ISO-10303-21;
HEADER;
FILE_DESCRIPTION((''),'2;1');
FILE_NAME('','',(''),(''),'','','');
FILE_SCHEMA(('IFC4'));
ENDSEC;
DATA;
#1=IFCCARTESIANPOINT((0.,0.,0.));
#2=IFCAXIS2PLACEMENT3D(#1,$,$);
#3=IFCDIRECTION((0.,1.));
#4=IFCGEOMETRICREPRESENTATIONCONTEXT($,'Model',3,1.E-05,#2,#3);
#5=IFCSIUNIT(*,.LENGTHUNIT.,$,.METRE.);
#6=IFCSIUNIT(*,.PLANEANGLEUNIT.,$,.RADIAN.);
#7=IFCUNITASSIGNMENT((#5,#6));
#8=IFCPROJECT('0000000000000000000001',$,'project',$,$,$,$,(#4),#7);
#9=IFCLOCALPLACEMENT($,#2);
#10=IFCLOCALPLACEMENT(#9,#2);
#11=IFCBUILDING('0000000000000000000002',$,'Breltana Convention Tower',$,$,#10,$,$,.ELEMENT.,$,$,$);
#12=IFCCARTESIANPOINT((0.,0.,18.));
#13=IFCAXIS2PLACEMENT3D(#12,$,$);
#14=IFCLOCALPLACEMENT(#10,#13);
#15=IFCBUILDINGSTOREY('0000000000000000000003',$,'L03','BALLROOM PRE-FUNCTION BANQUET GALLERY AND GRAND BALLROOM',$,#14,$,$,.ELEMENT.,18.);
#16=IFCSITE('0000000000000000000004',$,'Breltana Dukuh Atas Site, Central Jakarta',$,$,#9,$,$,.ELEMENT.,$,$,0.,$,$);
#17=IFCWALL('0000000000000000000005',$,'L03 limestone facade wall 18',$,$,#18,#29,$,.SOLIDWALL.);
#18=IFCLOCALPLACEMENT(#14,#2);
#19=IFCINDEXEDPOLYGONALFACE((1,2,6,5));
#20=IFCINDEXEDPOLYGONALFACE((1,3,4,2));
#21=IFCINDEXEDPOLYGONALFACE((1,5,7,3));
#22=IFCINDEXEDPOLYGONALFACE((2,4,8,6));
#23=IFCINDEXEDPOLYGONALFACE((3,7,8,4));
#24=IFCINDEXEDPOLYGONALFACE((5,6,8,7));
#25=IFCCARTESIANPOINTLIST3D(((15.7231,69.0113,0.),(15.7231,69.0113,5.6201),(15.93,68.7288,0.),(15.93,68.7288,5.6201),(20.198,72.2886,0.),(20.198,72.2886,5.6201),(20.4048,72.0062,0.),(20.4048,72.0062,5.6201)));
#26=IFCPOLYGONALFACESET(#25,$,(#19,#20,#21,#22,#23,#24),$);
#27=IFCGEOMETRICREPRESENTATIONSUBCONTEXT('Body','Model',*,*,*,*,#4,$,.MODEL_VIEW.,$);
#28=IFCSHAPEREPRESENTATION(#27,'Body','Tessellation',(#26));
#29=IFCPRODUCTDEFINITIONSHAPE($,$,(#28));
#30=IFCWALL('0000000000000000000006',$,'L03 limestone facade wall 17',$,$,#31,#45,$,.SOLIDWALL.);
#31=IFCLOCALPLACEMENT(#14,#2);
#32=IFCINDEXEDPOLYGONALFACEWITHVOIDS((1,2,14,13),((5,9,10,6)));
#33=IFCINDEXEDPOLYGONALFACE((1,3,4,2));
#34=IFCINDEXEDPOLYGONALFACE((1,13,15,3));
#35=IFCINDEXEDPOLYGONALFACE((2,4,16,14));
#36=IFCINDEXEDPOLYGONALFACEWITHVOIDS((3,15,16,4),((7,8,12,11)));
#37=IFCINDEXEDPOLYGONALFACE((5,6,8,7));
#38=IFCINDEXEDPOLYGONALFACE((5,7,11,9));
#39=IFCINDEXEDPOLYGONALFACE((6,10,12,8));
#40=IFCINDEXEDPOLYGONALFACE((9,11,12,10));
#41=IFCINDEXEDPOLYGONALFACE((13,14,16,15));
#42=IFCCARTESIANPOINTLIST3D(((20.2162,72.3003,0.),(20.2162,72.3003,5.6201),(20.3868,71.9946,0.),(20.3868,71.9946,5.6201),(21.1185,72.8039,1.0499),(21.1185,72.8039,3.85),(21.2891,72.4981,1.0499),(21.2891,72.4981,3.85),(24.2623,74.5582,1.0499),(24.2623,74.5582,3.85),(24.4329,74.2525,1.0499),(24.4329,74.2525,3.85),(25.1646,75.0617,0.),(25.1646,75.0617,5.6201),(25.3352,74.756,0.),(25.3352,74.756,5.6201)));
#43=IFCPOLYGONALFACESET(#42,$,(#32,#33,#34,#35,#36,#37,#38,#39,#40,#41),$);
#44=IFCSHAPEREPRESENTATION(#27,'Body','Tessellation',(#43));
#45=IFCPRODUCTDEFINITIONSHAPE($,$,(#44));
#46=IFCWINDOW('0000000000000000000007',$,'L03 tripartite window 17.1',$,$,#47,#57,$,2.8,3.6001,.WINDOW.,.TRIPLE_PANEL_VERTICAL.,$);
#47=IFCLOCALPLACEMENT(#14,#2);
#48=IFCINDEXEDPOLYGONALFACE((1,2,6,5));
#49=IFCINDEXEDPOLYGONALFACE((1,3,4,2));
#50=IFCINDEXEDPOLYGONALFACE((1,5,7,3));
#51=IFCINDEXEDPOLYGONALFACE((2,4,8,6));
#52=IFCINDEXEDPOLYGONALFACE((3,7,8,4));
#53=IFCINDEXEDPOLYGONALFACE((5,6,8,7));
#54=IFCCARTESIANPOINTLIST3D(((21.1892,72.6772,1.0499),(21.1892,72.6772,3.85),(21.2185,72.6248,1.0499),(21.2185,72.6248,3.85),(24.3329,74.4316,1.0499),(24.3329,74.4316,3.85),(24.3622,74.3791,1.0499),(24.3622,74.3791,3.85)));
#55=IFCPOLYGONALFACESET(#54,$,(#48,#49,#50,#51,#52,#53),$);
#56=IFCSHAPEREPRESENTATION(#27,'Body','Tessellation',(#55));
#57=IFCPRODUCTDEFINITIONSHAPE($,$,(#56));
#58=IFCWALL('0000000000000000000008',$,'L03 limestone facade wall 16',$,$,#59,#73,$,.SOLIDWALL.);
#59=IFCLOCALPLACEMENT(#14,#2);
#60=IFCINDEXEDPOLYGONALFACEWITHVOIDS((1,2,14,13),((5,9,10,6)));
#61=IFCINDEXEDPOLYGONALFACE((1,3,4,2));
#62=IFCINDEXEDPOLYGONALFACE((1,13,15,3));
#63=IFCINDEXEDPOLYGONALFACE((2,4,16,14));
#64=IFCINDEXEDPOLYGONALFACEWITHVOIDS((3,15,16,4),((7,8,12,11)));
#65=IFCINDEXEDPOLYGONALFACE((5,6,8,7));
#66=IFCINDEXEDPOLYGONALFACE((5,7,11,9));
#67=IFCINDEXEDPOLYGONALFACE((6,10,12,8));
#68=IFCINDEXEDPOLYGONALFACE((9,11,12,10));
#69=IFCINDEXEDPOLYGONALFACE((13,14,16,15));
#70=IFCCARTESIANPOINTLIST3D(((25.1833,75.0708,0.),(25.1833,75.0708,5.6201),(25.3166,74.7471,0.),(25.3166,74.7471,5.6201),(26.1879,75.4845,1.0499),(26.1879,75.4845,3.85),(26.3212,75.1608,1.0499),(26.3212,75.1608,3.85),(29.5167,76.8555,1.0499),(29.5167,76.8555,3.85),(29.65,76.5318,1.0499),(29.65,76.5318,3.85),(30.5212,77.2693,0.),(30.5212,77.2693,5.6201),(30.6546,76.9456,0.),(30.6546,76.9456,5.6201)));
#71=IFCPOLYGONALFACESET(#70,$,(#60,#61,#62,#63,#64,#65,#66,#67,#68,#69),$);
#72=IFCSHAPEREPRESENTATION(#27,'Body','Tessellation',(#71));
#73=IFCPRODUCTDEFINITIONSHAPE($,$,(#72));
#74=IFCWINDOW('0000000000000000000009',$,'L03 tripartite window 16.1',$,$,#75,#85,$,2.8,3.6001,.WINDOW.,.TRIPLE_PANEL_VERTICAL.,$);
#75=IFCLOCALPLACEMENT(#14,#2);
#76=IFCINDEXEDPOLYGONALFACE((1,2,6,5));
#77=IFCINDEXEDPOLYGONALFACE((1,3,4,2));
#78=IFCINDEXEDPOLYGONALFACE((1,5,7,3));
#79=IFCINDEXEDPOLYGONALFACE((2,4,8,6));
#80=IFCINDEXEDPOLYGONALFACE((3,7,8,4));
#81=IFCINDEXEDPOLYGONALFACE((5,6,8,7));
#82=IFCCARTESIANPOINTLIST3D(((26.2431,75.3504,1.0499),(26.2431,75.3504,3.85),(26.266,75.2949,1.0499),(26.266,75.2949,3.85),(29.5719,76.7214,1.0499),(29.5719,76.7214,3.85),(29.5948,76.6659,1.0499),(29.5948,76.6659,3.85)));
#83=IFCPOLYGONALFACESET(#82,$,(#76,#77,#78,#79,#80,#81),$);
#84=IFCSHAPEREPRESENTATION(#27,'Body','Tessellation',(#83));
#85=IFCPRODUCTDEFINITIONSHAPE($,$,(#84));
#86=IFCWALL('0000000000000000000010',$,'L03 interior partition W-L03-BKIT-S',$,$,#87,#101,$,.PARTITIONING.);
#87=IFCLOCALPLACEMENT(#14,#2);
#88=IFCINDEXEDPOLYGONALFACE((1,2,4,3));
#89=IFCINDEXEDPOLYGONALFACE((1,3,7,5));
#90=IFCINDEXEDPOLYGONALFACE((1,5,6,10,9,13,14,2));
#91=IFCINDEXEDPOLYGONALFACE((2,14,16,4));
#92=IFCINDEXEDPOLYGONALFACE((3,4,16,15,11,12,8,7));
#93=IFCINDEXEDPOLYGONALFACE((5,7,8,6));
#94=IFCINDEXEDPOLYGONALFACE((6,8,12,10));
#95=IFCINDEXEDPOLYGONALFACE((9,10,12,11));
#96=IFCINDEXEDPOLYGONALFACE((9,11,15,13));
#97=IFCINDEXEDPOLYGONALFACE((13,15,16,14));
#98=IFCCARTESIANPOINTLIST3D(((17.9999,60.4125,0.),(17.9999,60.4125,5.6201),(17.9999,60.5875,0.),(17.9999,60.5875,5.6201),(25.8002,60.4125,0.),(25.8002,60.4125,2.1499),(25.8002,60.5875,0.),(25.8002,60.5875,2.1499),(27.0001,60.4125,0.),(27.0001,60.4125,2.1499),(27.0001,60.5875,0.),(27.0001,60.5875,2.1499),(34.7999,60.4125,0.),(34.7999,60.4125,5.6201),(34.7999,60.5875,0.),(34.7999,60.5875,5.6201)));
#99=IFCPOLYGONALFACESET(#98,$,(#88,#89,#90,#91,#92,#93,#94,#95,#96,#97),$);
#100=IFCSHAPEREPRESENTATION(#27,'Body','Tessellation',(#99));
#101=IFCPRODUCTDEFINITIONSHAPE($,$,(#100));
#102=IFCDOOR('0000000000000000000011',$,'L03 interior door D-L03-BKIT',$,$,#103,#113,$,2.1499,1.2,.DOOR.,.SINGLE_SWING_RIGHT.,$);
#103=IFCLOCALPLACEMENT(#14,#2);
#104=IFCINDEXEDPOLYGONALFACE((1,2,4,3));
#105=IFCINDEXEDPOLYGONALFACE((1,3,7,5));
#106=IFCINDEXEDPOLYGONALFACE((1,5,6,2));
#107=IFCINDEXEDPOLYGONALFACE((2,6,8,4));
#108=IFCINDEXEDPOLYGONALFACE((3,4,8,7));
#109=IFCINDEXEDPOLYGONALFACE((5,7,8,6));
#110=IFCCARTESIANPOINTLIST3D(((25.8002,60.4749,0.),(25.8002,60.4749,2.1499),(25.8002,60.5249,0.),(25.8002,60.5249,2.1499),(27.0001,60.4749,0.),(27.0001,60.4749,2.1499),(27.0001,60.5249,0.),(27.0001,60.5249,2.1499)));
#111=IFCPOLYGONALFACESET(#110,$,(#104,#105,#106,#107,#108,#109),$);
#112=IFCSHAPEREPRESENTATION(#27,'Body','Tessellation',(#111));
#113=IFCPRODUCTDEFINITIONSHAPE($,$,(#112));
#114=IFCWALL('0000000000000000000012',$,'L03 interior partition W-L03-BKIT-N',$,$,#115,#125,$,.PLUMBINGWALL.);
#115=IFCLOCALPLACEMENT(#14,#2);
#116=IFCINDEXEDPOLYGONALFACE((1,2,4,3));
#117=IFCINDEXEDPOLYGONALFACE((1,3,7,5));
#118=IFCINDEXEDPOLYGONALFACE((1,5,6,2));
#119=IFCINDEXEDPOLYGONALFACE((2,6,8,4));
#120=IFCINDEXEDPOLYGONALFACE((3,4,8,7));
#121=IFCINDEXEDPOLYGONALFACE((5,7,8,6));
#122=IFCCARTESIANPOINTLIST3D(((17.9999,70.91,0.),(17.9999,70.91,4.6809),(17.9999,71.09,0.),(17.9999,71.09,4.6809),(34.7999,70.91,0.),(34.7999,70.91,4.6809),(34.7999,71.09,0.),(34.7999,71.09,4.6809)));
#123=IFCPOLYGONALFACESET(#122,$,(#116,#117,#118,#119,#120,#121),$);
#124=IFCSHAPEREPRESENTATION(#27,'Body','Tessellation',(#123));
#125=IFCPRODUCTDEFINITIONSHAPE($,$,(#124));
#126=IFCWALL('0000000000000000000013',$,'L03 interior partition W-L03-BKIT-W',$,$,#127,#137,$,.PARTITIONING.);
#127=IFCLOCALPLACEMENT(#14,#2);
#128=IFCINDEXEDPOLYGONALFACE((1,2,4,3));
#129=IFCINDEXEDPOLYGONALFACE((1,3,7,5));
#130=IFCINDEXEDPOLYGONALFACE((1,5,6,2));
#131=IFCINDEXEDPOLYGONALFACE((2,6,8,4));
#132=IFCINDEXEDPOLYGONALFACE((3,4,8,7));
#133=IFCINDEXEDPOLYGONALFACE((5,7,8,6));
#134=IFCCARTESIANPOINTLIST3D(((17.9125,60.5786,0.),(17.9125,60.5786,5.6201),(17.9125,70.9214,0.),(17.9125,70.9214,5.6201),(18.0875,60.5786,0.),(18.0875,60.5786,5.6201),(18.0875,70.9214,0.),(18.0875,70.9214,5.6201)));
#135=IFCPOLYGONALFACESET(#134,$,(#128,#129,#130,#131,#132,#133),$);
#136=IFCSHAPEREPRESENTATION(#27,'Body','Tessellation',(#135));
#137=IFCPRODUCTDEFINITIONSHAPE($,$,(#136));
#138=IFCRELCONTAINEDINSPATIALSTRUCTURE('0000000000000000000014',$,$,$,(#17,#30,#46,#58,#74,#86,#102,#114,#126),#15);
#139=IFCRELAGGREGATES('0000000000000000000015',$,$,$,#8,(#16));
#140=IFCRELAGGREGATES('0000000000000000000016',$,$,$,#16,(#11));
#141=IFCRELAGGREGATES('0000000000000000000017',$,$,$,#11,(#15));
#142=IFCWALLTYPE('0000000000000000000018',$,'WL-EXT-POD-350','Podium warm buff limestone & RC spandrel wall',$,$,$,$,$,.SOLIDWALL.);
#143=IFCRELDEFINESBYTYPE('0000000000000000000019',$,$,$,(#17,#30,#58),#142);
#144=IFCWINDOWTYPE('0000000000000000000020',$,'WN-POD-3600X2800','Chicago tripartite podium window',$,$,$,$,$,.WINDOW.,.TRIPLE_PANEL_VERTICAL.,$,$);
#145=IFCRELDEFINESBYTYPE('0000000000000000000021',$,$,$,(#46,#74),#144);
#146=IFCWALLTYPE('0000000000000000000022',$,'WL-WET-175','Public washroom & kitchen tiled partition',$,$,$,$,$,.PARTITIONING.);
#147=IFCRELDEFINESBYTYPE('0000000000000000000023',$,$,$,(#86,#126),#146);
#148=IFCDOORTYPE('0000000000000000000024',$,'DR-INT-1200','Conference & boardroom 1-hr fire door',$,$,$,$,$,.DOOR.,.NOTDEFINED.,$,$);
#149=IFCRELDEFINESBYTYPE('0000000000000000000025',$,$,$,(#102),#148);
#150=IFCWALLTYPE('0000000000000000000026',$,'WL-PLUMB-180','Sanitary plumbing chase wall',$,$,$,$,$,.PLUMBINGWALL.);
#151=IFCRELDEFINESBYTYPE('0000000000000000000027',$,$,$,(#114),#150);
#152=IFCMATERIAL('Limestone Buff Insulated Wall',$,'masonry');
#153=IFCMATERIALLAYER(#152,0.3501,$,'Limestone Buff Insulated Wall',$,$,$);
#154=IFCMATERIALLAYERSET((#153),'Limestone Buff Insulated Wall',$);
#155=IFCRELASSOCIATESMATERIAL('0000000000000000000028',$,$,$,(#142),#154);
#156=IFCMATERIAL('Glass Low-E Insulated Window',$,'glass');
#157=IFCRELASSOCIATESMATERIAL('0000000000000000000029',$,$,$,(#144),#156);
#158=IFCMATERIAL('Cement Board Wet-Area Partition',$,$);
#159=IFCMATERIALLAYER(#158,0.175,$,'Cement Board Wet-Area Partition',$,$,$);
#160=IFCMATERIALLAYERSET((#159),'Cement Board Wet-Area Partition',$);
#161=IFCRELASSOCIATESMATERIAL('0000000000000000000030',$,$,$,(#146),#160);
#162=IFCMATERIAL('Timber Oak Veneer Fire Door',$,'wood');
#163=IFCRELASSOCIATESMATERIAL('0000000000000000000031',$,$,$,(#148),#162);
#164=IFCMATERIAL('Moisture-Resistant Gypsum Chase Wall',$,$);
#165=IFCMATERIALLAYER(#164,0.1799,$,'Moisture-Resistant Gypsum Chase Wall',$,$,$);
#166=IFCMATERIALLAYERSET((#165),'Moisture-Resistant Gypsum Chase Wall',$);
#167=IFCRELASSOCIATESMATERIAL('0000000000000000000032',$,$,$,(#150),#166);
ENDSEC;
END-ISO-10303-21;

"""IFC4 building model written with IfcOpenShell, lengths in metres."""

from ifc_helpers import new_model, si_unit, direction, frame, frame_2d, origin, place, context, subcontext, project, spatial, rectangle, extrude, source, transform, mapped, material, layer, layer_set, type_object, type_shapes, element, fill, save


model = new_model("IFC4")

# Units and contexts
model_context = context("Model", 3, precision=1e-05, world=origin(), true_north=direction((0.0, 1.0)))
body_context = subcontext(model_context, "Body", "Model", "MODEL_VIEW")
ifc_project = project(units=[si_unit("LENGTHUNIT", "METRE"), si_unit("PLANEANGLEUNIT", "RADIAN")], contexts=[model_context])

# Site, building, storey
site_placement = place(None, origin())
site = spatial("IfcSite", under=ifc_project, at=site_placement, Name="Breltana Dukuh Atas Site, Central Jakarta", CompositionType="ELEMENT", RefElevation=0.0)
building_placement = place(site_placement, origin())
building = spatial("IfcBuilding", under=site, at=building_placement, Name="Breltana Convention Tower", CompositionType="ELEMENT")
storey_placement = place(building_placement, frame((0.0, 0.0, 18.0)))
storey = spatial("IfcBuildingStorey", under=building, at=storey_placement, Name="L03", Description="BALLROOM PRE-FUNCTION BANQUET GALLERY AND GRAND BALLROOM", CompositionType="ELEMENT", Elevation=18.0)

# Shared definitions
ifc_material_1 = material(Name="Limestone Buff Insulated Wall", Category="masonry")
ifc_layer_1 = layer(ifc_material_1, 0.3501, Name="Limestone Buff Insulated Wall")
ifc_layer_set_1 = layer_set([ifc_layer_1], Name="Limestone Buff Insulated Wall")
wall_type_1 = type_object("IfcWallType", Name="WL-EXT-POD-350", Description="Podium warm buff limestone & RC spandrel wall", PredefinedType="SOLIDWALL", material=ifc_layer_set_1)
ifc_material_2 = material(Name="Glass Low-E Insulated Window", Category="glass")

# Shared definitions
window_type_1 = type_object("IfcWindowType", Name="WN-POD-3600X2800", Description="Chicago tripartite podium window", PartitioningType="TRIPLE_PANEL_VERTICAL", PredefinedType="WINDOW", material=ifc_material_2)
shared_shape_1 = source(origin(), body_context, "Body", "SweptSolid", [
    extrude(rectangle(XDim=3.6001, YDim=2.8, at=frame_2d((1.8, 1.3999))), frame((0.0, 0.03, 0.0), z_axis=(0.0, -1.0, 0.0), x_axis=(1.0, 0.0, 0.0)), (0.0, 0.0, 1.0), 0.0601),
])
type_shapes(window_type_1, [shared_shape_1])

# Wall
shared_shape_2 = source(origin(), body_context, "Body", "SweptSolid", [
    extrude(rectangle(XDim=5.5466, YDim=0.3501, at=frame_2d((2.7734, 0.0))), origin(), (0.0, 0.0, 1.0), 5.6201),
])
wall_1_placement = place(storey_placement, frame((20.3015, 72.1475, 0.0), z_axis=(0.0, 0.0, 1.0), x_axis=(-0.806767, -0.590869, 0.0)))
element("IfcWall", 1, at=wall_1_placement, inside=storey, type_object=wall_type_1, Name="L03 limestone facade wall 18", PredefinedType="SOLIDWALL", context=body_context, shape_type="MappedRepresentation", body=[
    mapped(shared_shape_2, transform((0.0, 0.0, 0.0), scale=1.0)),
])

# Walls, openings, windows
shared_shape_3 = source(origin(), body_context, "Body", "SweptSolid", [
    extrude(rectangle(XDim=5.6667, YDim=0.3501, at=frame_2d((2.8335, 0.0))), origin(), (0.0, 0.0, 1.0), 5.6201),
])
wall_2_placement = place(storey_placement, frame((25.25, 74.9089, 0.0), z_axis=(0.0, 0.0, 1.0), x_axis=(-0.873233, -0.487303, 0.0)))
wall_2 = element("IfcWall", 2, at=wall_2_placement, inside=storey, type_object=wall_type_1, Name="L03 limestone facade wall 17", PredefinedType="SOLIDWALL", context=body_context, shape_type="MappedRepresentation", body=[
    mapped(shared_shape_3, transform((0.0, 0.0, 0.0), scale=1.0)),
])
opening_1_placement = place(wall_2_placement, frame((1.0334, 0.0, 1.05)))
opening_1 = element("IfcOpeningElement", 3, at=opening_1_placement, cuts=wall_2, PredefinedType="OPENING", context=body_context, shape_type="SweptSolid", body=[
    extrude(rectangle(XDim=3.6001, YDim=2.8, at=frame_2d((1.8, 1.3999))), frame((0.0, 0.1851, 0.0), z_axis=(0.0, -1.0, 0.0), x_axis=(1.0, 0.0, 0.0)), (0.0, 0.0, 1.0), 0.3701),
])
window_1_placement = place(opening_1_placement, origin())
window_1 = element("IfcWindow", 4, at=window_1_placement, inside=storey, type_object=window_type_1, Name="L03 tripartite window 17.1", OverallHeight=2.8, OverallWidth=3.6001, PartitioningType="TRIPLE_PANEL_VERTICAL", PredefinedType="WINDOW", context=body_context, shape_type="MappedRepresentation", body=[
    mapped(shared_shape_1, transform((0.0, 0.0, 0.0), scale=1.0)),
])
fill(opening_1, window_1)
shared_shape_4 = source(origin(), body_context, "Body", "SweptSolid", [
    extrude(rectangle(XDim=5.7729, YDim=0.3501, at=frame_2d((2.8865, 0.0))), origin(), (0.0, 0.0, 1.0), 5.6201),
])
wall_3_placement = place(storey_placement, frame((30.5879, 77.1074, 0.0), z_axis=(0.0, 0.0, 1.0), x_axis=(-0.924646, -0.380829, 0.0)))
wall_3 = element("IfcWall", 5, at=wall_3_placement, inside=storey, type_object=wall_type_1, Name="L03 limestone facade wall 16", PredefinedType="SOLIDWALL", context=body_context, shape_type="MappedRepresentation", body=[
    mapped(shared_shape_4, transform((0.0, 0.0, 0.0), scale=1.0)),
])
opening_2_placement = place(wall_3_placement, frame((1.0864, 0.0, 1.05)))
opening_2 = element("IfcOpeningElement", 6, at=opening_2_placement, cuts=wall_3, PredefinedType="OPENING", context=body_context, shape_type="SweptSolid", body=[
    extrude(rectangle(XDim=3.6001, YDim=2.8, at=frame_2d((1.8, 1.3999))), frame((0.0, 0.1851, 0.0), z_axis=(0.0, -1.0, 0.0), x_axis=(1.0, 0.0, 0.0)), (0.0, 0.0, 1.0), 0.3701),
])
window_2_placement = place(opening_2_placement, origin())
window_2 = element("IfcWindow", 7, at=window_2_placement, inside=storey, type_object=window_type_1, Name="L03 tripartite window 16.1", OverallHeight=2.8, OverallWidth=3.6001, PartitioningType="TRIPLE_PANEL_VERTICAL", PredefinedType="WINDOW", context=body_context, shape_type="MappedRepresentation", body=[
    mapped(shared_shape_1, transform((0.0, 0.0, 0.0), scale=1.0)),
])
fill(opening_2, window_2)

# Wall, opening, door
ifc_material_3 = material(Name="Cement Board Wet-Area Partition")
ifc_layer_2 = layer(ifc_material_3, 0.175, Name="Cement Board Wet-Area Partition")
ifc_layer_set_2 = layer_set([ifc_layer_2], Name="Cement Board Wet-Area Partition")
wall_type_2 = type_object("IfcWallType", Name="WL-WET-175", Description="Public washroom & kitchen tiled partition", PredefinedType="PARTITIONING", material=ifc_layer_set_2)
shared_shape_5 = source(origin(), body_context, "Body", "SweptSolid", [
    extrude(rectangle(XDim=16.8, YDim=0.175, at=frame_2d((8.3999, 0.0))), origin(), (0.0, 0.0, 1.0), 5.6201),
])
wall_4_placement = place(storey_placement, frame((18.0, 60.5, 0.0), z_axis=(0.0, 0.0, 1.0), x_axis=(1.0, 0.0, 0.0)))
wall_4 = element("IfcWall", 8, at=wall_4_placement, inside=storey, type_object=wall_type_2, Name="L03 interior partition W-L03-BKIT-S", PredefinedType="PARTITIONING", context=body_context, shape_type="MappedRepresentation", body=[
    mapped(shared_shape_5, transform((0.0, 0.0, 0.0), scale=1.0)),
])
opening_3_placement = place(wall_4_placement, frame((7.8, 0.0, 0.0)))
opening_3 = element("IfcOpeningElement", 9, at=opening_3_placement, cuts=wall_4, PredefinedType="OPENING", context=body_context, shape_type="SweptSolid", body=[
    extrude(rectangle(XDim=1.2, YDim=2.1499, at=frame_2d((0.6001, 1.075))), frame((0.0, 0.0977, 0.0), z_axis=(0.0, -1.0, 0.0), x_axis=(1.0, 0.0, 0.0)), (0.0, 0.0, 1.0), 0.1951),
])
ifc_material_4 = material(Name="Timber Oak Veneer Fire Door", Category="wood")
door_type = type_object("IfcDoorType", Name="DR-INT-1200", Description="Conference & boardroom 1-hr fire door", OperationType="NOTDEFINED", PredefinedType="DOOR", material=ifc_material_4)
shared_shape_6 = source(origin(), body_context, "Body", "SweptSolid", [
    extrude(rectangle(XDim=1.2, YDim=2.1499, at=frame_2d((0.6001, 1.075))), frame((0.0, 0.0249, 0.0), z_axis=(0.0, -1.0, 0.0), x_axis=(1.0, 0.0, 0.0)), (0.0, 0.0, 1.0), 0.05),
])
type_shapes(door_type, [shared_shape_6])
door_placement = place(opening_3_placement, origin())
door = element("IfcDoor", 10, at=door_placement, inside=storey, type_object=door_type, Name="L03 interior door D-L03-BKIT", OperationType="SINGLE_SWING_RIGHT", OverallHeight=2.1499, OverallWidth=1.2, PredefinedType="DOOR", context=body_context, shape_type="MappedRepresentation", body=[
    mapped(shared_shape_6, transform((0.0, 0.0, 0.0), scale=1.0)),
])
fill(opening_3, door)

# Walls
ifc_material_5 = material(Name="Moisture-Resistant Gypsum Chase Wall")
ifc_layer_3 = layer(ifc_material_5, 0.1799, Name="Moisture-Resistant Gypsum Chase Wall")
ifc_layer_set_3 = layer_set([ifc_layer_3], Name="Moisture-Resistant Gypsum Chase Wall")
wall_type_3 = type_object("IfcWallType", Name="WL-PLUMB-180", Description="Sanitary plumbing chase wall", PredefinedType="PLUMBINGWALL", material=ifc_layer_set_3)
shared_shape_7 = source(origin(), body_context, "Body", "SweptSolid", [
    extrude(rectangle(XDim=16.8, YDim=0.1799, at=frame_2d((8.3999, 0.0))), origin(), (0.0, 0.0, 1.0), 4.6809),
])
wall_5_placement = place(storey_placement, frame((18.0, 71.0, 0.0), z_axis=(0.0, 0.0, 1.0), x_axis=(1.0, 0.0, 0.0)))
element("IfcWall", 11, at=wall_5_placement, inside=storey, type_object=wall_type_3, Name="L03 interior partition W-L03-BKIT-N", PredefinedType="PLUMBINGWALL", context=body_context, shape_type="MappedRepresentation", body=[
    mapped(shared_shape_7, transform((0.0, 0.0, 0.0), scale=1.0)),
])
shared_shape_8 = source(origin(), body_context, "Body", "SweptSolid", [
    extrude(rectangle(XDim=10.3428, YDim=0.175, at=frame_2d((5.1714, 0.0))), origin(), (0.0, 0.0, 1.0), 5.6201),
])
wall_6_placement = place(storey_placement, frame((18.0, 60.5786, 0.0), z_axis=(0.0, 0.0, 1.0), x_axis=(0.0, 1.0, 0.0)))
element("IfcWall", 12, at=wall_6_placement, inside=storey, type_object=wall_type_2, Name="L03 interior partition W-L03-BKIT-W", PredefinedType="PARTITIONING", context=body_context, shape_type="MappedRepresentation", body=[
    mapped(shared_shape_8, transform((0.0, 0.0, 0.0), scale=1.0)),
])

save(model, "model.ifc")
